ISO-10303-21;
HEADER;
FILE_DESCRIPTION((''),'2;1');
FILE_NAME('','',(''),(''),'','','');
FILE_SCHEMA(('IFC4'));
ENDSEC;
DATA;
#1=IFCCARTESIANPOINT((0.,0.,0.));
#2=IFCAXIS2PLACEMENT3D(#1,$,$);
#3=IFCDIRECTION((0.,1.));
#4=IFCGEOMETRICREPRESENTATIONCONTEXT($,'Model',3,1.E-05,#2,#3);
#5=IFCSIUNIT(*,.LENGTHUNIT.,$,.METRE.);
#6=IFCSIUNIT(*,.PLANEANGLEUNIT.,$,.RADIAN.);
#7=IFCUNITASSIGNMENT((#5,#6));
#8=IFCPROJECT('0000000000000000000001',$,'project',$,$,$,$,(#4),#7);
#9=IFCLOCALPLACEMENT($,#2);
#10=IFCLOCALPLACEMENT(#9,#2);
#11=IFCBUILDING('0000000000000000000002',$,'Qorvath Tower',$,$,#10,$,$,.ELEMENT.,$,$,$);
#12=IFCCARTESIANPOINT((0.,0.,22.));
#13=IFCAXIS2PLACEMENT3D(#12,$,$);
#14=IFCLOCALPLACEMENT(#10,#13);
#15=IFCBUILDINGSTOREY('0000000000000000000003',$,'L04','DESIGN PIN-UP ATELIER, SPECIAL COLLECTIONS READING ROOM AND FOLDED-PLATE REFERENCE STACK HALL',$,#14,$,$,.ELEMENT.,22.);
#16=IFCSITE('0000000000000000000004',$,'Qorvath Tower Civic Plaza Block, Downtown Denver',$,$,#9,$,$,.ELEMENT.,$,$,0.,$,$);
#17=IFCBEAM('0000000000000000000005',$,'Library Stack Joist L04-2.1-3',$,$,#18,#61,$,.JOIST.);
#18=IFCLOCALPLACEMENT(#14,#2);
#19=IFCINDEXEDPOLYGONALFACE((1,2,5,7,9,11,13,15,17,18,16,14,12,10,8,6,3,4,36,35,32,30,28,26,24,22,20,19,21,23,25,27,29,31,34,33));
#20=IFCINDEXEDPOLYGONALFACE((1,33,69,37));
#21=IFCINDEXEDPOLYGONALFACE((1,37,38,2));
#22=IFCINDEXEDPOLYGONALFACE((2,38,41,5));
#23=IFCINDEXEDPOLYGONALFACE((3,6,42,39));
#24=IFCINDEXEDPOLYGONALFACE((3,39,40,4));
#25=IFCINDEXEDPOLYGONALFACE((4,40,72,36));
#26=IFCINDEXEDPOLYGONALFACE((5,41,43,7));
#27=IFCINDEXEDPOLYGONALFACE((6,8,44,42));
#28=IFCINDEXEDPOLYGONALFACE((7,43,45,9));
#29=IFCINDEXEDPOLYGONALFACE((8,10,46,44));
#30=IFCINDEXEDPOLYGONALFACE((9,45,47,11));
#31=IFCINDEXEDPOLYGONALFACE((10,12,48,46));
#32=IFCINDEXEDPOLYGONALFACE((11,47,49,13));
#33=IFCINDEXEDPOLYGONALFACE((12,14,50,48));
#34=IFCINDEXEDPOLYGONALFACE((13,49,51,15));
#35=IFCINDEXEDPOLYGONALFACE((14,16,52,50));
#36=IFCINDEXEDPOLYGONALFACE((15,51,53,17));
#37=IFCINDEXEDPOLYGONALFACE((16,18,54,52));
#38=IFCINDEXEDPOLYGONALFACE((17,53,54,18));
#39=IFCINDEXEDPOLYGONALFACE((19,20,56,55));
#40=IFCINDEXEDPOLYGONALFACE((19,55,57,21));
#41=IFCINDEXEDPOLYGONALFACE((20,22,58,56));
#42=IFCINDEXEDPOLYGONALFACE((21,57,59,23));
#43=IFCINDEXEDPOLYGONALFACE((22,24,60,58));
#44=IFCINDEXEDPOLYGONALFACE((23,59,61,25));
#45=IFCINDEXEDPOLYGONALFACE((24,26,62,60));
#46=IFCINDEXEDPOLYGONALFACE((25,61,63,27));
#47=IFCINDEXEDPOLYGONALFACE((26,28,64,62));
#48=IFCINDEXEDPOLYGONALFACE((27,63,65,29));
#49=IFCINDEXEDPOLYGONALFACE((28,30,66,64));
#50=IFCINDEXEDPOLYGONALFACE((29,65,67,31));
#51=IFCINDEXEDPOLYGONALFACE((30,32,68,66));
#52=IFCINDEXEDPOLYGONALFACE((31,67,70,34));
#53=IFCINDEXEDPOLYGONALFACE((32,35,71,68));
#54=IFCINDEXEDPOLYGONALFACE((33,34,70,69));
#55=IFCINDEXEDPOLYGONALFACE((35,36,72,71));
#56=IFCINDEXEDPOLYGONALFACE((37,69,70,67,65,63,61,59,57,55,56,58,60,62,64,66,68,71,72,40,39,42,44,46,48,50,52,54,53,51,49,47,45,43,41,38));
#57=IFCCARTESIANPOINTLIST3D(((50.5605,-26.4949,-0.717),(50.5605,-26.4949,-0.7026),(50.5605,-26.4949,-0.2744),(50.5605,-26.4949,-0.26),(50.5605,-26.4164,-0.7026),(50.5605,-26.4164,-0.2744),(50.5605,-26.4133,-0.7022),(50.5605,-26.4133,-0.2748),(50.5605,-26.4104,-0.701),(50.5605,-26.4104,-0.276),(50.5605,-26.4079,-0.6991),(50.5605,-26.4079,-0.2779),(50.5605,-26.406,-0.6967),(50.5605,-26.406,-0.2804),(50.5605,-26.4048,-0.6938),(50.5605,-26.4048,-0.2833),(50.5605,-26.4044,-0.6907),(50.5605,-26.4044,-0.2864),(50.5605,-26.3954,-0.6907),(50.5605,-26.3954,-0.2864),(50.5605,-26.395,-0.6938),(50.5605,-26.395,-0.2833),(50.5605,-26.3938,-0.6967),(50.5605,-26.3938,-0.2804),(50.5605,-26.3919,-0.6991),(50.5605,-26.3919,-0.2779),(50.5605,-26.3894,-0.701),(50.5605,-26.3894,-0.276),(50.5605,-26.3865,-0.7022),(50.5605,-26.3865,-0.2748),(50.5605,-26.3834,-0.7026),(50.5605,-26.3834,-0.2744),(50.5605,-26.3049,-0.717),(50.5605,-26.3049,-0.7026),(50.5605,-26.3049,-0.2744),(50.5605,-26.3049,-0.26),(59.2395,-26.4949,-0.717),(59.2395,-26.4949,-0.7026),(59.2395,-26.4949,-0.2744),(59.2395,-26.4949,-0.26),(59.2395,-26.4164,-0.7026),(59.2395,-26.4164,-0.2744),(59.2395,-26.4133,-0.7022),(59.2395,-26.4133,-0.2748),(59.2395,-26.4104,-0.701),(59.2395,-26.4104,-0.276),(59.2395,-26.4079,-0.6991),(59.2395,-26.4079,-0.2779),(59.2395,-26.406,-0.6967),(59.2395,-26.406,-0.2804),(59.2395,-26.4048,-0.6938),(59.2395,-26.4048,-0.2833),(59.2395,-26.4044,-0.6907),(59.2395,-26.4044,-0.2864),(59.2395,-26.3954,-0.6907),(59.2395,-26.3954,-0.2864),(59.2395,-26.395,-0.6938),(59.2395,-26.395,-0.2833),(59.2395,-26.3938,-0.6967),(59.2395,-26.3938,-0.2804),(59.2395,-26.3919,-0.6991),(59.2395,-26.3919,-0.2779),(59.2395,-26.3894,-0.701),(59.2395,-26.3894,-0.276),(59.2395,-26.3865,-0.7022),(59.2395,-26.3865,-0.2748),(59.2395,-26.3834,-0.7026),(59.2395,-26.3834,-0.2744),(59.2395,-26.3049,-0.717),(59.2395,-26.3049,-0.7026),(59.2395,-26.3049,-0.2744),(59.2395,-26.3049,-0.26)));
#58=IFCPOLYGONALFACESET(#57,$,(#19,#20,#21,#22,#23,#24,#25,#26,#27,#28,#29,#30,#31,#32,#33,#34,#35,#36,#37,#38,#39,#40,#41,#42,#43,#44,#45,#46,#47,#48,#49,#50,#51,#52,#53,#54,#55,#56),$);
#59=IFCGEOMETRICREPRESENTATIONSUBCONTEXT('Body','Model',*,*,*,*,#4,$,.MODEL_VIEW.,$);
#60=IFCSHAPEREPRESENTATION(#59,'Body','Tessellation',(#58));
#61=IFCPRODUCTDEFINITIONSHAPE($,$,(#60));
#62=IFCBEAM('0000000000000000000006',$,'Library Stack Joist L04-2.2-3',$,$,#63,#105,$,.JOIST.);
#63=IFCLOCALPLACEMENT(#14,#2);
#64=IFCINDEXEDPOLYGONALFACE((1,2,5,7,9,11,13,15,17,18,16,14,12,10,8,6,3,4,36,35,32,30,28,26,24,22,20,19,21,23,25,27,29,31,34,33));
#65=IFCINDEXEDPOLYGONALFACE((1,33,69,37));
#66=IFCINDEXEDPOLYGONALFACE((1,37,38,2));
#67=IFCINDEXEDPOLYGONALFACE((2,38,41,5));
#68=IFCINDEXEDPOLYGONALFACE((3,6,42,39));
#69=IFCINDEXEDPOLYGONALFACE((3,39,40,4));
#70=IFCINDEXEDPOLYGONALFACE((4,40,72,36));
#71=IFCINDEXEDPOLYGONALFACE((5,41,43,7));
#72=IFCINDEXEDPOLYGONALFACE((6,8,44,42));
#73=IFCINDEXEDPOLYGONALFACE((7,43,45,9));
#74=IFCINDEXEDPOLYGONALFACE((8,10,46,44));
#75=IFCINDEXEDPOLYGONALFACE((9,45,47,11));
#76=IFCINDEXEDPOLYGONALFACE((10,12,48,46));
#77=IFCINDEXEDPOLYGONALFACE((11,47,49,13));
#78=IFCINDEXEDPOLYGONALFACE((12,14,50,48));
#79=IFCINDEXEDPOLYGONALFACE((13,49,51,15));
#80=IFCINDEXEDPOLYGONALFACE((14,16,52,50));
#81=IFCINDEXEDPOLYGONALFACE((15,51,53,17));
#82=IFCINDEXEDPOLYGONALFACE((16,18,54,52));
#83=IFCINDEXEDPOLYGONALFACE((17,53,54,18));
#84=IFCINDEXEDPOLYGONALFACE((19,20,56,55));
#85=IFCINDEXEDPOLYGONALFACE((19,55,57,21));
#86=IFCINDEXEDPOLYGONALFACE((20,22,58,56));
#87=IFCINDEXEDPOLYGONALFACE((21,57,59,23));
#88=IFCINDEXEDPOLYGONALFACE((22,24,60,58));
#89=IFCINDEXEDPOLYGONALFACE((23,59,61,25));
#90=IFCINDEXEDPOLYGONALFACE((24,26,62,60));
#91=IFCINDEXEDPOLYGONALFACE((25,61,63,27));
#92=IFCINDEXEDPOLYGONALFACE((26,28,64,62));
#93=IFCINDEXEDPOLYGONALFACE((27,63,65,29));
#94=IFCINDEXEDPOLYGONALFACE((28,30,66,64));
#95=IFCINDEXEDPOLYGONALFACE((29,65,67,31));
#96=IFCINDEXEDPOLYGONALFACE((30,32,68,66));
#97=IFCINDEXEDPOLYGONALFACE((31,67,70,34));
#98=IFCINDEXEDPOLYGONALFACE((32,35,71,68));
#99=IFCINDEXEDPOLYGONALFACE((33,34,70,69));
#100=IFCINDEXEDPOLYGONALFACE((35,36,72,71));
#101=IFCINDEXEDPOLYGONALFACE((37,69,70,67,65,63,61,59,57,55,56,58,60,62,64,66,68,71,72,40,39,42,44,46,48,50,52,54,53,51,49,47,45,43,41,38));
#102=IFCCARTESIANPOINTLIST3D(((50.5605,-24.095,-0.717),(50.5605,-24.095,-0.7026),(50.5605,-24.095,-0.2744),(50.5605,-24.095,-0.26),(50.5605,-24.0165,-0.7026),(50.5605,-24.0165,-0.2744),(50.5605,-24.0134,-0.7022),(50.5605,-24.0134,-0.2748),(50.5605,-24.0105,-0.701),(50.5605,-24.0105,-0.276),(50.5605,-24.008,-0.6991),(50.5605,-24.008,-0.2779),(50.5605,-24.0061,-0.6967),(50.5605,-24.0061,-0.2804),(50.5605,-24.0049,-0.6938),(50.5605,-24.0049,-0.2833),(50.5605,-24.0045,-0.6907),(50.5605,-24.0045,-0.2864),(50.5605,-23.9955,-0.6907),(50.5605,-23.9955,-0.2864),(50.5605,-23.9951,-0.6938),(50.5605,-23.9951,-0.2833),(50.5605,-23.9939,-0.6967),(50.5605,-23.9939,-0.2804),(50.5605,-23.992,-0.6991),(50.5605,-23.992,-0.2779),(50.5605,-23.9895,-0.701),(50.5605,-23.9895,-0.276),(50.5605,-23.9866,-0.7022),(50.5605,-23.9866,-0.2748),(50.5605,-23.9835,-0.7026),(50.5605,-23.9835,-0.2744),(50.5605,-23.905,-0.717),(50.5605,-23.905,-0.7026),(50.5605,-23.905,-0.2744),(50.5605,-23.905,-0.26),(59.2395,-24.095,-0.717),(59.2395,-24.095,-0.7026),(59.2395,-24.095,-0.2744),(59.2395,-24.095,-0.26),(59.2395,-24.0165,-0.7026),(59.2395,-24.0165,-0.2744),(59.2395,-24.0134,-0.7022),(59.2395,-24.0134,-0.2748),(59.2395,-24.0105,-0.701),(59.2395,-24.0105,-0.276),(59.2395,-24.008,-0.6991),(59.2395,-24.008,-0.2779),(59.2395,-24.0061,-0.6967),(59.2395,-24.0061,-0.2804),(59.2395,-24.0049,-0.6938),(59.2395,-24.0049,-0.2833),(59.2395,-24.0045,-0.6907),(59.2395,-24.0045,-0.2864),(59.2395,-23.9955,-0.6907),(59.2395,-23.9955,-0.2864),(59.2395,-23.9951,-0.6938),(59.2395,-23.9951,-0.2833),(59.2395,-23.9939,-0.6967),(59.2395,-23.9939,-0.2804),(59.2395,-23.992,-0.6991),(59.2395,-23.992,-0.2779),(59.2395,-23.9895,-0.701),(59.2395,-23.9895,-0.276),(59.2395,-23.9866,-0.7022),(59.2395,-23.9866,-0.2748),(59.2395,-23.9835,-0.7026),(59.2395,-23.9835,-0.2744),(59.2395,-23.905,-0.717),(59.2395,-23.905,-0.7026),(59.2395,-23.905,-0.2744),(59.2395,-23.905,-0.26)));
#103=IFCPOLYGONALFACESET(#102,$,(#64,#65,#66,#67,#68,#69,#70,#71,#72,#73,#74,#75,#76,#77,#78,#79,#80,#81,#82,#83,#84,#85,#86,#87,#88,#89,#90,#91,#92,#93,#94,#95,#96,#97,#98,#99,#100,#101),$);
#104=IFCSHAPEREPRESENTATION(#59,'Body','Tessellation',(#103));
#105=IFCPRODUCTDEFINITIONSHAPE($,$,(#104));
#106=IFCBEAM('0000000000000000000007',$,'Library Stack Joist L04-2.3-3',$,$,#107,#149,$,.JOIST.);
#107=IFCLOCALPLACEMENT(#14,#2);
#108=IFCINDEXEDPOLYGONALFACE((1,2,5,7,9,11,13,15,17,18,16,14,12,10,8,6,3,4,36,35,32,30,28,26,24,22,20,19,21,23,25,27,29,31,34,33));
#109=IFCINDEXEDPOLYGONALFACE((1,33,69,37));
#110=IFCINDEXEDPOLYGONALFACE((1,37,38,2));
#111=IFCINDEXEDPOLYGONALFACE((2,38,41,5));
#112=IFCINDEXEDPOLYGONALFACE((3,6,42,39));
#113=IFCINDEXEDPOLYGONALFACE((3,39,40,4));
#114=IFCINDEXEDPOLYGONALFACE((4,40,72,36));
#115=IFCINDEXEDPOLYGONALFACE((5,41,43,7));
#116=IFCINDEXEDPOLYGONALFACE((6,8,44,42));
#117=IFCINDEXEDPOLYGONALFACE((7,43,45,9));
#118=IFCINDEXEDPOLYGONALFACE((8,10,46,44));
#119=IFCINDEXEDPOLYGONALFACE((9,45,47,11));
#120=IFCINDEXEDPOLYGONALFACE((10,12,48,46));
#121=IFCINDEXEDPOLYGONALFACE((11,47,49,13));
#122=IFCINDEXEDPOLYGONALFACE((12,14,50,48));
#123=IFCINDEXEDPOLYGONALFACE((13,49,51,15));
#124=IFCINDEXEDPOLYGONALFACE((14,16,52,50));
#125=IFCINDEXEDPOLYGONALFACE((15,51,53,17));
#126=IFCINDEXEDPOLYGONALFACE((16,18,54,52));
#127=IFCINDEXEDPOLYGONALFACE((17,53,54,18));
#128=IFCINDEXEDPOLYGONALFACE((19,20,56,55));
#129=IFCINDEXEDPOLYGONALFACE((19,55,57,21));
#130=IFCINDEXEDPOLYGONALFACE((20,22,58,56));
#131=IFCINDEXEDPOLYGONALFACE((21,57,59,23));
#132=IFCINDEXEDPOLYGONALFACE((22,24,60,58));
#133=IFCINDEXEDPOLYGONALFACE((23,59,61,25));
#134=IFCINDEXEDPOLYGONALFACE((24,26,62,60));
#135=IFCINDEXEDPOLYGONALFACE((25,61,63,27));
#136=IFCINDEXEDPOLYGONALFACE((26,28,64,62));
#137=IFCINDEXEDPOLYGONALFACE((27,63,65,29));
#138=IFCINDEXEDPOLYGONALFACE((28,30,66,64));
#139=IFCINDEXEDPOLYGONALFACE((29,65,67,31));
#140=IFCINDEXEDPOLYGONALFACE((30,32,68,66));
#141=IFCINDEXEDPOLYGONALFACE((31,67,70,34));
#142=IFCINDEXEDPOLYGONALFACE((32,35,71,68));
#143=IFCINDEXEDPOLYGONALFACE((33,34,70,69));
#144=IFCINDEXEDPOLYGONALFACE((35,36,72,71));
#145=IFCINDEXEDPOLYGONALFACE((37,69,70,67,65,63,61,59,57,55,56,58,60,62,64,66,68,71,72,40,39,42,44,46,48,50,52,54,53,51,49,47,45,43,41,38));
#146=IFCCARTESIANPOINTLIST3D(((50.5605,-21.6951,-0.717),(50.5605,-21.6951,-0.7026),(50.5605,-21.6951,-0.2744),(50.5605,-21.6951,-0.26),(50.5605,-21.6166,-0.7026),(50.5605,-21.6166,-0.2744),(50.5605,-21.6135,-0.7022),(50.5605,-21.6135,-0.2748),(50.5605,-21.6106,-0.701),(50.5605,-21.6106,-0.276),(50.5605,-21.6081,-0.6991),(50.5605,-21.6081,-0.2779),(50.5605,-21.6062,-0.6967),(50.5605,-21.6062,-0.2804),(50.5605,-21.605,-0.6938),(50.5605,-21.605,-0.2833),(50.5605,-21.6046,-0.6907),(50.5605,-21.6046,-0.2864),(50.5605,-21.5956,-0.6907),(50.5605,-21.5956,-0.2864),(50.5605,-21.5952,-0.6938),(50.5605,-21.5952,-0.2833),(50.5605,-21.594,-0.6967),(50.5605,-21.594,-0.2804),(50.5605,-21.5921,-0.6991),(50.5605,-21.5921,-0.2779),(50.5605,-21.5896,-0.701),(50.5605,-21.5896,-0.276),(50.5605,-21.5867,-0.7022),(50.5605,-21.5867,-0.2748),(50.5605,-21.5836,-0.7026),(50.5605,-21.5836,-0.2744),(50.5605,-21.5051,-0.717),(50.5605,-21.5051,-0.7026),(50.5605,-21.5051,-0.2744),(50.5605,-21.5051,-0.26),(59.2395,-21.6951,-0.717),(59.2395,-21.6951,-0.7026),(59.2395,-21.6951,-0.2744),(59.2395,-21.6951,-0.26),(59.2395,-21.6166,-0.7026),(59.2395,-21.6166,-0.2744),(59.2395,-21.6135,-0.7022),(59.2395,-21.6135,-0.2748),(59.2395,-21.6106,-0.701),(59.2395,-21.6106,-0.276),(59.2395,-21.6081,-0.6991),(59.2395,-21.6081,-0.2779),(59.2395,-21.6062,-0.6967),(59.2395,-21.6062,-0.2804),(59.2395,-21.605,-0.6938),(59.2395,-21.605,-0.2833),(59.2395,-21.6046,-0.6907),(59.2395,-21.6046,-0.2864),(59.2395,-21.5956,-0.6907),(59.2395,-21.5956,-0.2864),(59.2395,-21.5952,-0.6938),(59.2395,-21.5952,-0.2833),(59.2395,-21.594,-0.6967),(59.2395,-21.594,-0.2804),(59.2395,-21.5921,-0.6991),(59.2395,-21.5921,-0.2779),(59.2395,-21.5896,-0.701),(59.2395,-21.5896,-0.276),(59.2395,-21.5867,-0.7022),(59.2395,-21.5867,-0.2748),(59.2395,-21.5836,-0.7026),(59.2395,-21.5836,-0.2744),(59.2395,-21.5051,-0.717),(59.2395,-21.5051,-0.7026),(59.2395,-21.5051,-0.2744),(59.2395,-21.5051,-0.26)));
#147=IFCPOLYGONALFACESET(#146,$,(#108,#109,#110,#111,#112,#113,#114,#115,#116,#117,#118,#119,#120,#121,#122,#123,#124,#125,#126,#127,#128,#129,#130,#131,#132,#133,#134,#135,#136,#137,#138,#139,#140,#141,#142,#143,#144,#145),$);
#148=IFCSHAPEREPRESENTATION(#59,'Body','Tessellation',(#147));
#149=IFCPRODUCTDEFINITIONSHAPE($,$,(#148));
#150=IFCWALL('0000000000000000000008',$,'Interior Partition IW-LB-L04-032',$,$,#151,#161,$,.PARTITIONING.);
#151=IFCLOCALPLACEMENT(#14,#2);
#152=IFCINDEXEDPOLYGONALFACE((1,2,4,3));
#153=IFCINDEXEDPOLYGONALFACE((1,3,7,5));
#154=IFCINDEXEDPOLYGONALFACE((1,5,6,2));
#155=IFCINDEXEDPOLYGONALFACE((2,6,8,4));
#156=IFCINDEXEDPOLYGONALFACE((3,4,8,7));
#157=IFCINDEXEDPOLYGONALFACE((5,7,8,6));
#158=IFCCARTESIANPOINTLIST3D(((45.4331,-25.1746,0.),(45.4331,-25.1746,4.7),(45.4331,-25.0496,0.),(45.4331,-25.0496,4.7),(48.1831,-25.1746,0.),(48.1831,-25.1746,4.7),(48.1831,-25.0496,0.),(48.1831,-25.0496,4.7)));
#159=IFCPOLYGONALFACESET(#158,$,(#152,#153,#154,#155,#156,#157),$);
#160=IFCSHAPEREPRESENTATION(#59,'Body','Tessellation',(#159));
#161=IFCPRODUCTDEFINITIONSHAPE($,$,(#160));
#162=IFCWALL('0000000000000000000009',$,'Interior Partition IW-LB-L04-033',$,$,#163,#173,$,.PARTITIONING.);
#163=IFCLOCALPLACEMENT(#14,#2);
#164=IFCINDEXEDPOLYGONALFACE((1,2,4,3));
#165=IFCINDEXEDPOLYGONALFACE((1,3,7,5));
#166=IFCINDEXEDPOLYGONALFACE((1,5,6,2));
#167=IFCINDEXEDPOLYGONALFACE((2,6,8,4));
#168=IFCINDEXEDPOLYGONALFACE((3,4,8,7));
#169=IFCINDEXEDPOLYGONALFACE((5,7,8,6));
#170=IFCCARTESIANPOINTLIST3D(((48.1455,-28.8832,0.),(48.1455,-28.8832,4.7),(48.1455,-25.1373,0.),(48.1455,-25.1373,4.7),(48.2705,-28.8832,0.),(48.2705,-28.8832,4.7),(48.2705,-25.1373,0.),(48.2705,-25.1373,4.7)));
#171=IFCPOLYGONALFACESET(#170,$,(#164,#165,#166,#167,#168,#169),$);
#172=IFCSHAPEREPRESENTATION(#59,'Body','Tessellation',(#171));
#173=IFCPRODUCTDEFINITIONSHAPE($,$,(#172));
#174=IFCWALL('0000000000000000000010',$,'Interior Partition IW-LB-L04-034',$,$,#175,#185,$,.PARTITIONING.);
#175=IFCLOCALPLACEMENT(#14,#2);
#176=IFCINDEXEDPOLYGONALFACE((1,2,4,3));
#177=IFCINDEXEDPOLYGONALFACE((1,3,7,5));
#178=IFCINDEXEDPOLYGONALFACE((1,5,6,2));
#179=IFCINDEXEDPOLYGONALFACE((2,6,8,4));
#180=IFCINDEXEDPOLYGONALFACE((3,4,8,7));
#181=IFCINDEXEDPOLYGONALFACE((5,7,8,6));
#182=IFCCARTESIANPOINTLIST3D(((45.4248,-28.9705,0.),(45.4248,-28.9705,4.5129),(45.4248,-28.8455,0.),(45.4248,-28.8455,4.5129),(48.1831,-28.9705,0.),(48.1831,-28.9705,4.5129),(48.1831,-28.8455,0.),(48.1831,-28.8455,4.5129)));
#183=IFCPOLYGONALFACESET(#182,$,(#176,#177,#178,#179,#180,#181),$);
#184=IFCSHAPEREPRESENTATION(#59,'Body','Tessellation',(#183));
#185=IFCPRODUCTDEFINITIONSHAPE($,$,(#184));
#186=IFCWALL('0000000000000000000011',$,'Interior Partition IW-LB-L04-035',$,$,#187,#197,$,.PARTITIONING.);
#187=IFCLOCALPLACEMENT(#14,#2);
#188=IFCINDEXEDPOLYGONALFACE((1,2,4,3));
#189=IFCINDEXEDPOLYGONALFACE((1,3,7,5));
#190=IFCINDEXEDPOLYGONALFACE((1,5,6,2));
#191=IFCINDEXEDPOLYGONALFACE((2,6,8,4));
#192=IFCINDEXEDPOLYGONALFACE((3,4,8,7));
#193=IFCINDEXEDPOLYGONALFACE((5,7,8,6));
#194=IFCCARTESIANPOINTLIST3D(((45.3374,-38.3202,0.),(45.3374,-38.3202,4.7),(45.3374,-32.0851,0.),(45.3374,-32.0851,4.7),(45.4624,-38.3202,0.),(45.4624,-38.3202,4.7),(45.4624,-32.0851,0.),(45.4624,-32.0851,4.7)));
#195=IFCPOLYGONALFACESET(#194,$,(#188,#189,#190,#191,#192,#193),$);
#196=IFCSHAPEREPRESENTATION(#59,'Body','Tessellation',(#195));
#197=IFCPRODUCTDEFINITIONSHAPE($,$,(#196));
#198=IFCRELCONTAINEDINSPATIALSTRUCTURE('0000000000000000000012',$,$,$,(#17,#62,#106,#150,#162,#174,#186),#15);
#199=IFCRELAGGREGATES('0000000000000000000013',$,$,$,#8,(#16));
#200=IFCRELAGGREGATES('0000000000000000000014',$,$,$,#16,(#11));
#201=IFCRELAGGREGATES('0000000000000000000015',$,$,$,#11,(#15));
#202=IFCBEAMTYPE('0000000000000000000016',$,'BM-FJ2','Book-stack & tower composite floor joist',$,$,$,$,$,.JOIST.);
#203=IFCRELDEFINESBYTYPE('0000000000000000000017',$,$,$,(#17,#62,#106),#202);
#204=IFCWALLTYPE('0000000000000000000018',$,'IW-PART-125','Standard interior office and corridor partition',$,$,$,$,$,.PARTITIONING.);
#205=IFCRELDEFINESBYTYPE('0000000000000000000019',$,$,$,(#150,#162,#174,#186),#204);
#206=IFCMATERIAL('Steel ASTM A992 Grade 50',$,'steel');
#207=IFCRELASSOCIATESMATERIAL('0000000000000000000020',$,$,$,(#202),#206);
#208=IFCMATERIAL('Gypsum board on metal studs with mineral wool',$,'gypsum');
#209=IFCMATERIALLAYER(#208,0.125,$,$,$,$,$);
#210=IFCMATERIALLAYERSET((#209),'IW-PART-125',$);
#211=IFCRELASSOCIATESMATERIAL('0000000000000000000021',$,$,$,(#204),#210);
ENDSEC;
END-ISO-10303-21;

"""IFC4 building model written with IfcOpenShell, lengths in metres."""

from ifc_helpers import new_model, si_unit, direction, frame, frame_2d, origin, origin_2d, place, context, subcontext, project, spatial, rectangle, i_section, extrude, material, layer, layer_set, material_profile, profile_set, type_object, element, save


model = new_model("IFC4")

# Units and contexts
model_context = context("Model", 3, precision=1e-05, world=origin(), true_north=direction((0.0, 1.0)))
body_context = subcontext(model_context, "Body", "Model", "MODEL_VIEW")
ifc_project = project(units=[si_unit("LENGTHUNIT", "METRE"), si_unit("PLANEANGLEUNIT", "RADIAN")], contexts=[model_context])

# Site, building, storey
site_placement = place(None, origin())
site = spatial("IfcSite", under=ifc_project, at=site_placement, Name="Qorvath Tower Civic Plaza Block, Downtown Denver", CompositionType="ELEMENT", RefElevation=0.0)
building_placement = place(site_placement, origin())
building = spatial("IfcBuilding", under=site, at=building_placement, Name="Qorvath Tower", CompositionType="ELEMENT")
storey_placement = place(building_placement, frame((0.0, 0.0, 22.0)))
storey = spatial("IfcBuildingStorey", under=building, at=storey_placement, Name="L04", Description="DESIGN PIN-UP ATELIER, SPECIAL COLLECTIONS READING ROOM AND FOLDED-PLATE REFERENCE STACK HALL", CompositionType="ELEMENT", Elevation=22.0)

# Beams
ifc_material_1 = material(Name="Steel ASTM A992 Grade 50", Category="steel")
ifc_material_profile_1 = material_profile(ifc_material_1, i_section(OverallWidth=0.1899, OverallDepth=0.457, WebThickness=0.009, FlangeThickness=0.0144, FilletRadius=0.012, at=origin_2d()), Name="W18x50")
ifc_profile_set_1 = profile_set([ifc_material_profile_1], Name="Steel ASTM A992 Grade 50")
beam_type_1 = type_object("IfcBeamType", Name="BM-FJ2", Description="Book-stack & tower composite floor joist", PredefinedType="JOIST", material=ifc_profile_set_1)
for number, where, z_axis, x_axis, name in (
    (1, (50.5605, -26.3999, -0.4885), (1.0, 0.0, 0.0), (0.0, 1.0, 0.0), "Library Stack Joist L04-2.1-3"),
    (2, (50.5605, -24.0, -0.4885), (1.0, 0.0, 0.0), (0.0, 1.0, 0.0), "Library Stack Joist L04-2.2-3"),
    (3, (50.5605, -21.6001, -0.4885), (1.0, 0.0, 0.0), (0.0, 1.0, 0.0), "Library Stack Joist L04-2.3-3"),
):
    element("IfcBeam", number, at=place(storey_placement, frame(where, z_axis=z_axis, x_axis=x_axis)), inside=storey, type_object=beam_type_1, Name=name, PredefinedType="JOIST", context=body_context, shape_type="SweptSolid", body=[
        extrude(i_section(OverallWidth=0.1899, OverallDepth=0.457, WebThickness=0.009, FlangeThickness=0.0144, FilletRadius=0.012, at=origin_2d()), origin(), (0.0, 0.0, 1.0), 8.679),
    ])

# Walls
ifc_material_2 = material(Name="Gypsum board on metal studs with mineral wool", Category="gypsum")
ifc_layer_1 = layer(ifc_material_2, 0.125)
ifc_layer_set_1 = layer_set([ifc_layer_1], Name="IW-PART-125")
wall_type_1 = type_object("IfcWallType", Name="IW-PART-125", Description="Standard interior office and corridor partition", PredefinedType="PARTITIONING", material=ifc_layer_set_1)
wall_1_placement = place(storey_placement, frame((48.1831, -25.1121, 0.0), z_axis=(0.0, 0.0, 1.0), x_axis=(-1.0, 0.0, 0.0)))
element("IfcWall", 4, at=wall_1_placement, inside=storey, type_object=wall_type_1, Name="Interior Partition IW-LB-L04-032", PredefinedType="PARTITIONING", context=body_context, shape_type="SweptSolid", body=[
    extrude(rectangle(XDim=2.75, YDim=0.125, at=frame_2d((1.375, 0.0))), origin(), (0.0, 0.0, 1.0), 4.7),
])
wall_2_placement = place(storey_placement, frame((48.208, -25.1372, 0.0), z_axis=(0.0, 0.0, 1.0), x_axis=(0.0, -1.0, 0.0)))
element("IfcWall", 5, at=wall_2_placement, inside=storey, type_object=wall_type_1, Name="Interior Partition IW-LB-L04-033", PredefinedType="PARTITIONING", context=body_context, shape_type="SweptSolid", body=[
    extrude(rectangle(XDim=3.7458, YDim=0.125, at=frame_2d((1.873, 0.0))), origin(), (0.0, 0.0, 1.0), 4.7),
])
wall_3_placement = place(storey_placement, frame((45.4248, -28.908, 0.0), z_axis=(0.0, 0.0, 1.0), x_axis=(1.0, 0.0, 0.0)))
element("IfcWall", 6, at=wall_3_placement, inside=storey, type_object=wall_type_1, Name="Interior Partition IW-LB-L04-034", PredefinedType="PARTITIONING", context=body_context, shape_type="SweptSolid", body=[
    extrude(rectangle(XDim=2.7583, YDim=0.125, at=frame_2d((1.3792, 0.0))), origin(), (0.0, 0.0, 1.0), 4.5129),
])
wall_4_placement = place(storey_placement, frame((45.3999, -32.085, 0.0), z_axis=(0.0, 0.0, 1.0), x_axis=(0.0, -1.0, 0.0)))
element("IfcWall", 7, at=wall_4_placement, inside=storey, type_object=wall_type_1, Name="Interior Partition IW-LB-L04-035", PredefinedType="PARTITIONING", context=body_context, shape_type="SweptSolid", body=[
    extrude(rectangle(XDim=6.2351, YDim=0.125, at=frame_2d((3.1177, 0.0))), origin(), (0.0, 0.0, 1.0), 4.7),
])

save(model, "model.ifc")
